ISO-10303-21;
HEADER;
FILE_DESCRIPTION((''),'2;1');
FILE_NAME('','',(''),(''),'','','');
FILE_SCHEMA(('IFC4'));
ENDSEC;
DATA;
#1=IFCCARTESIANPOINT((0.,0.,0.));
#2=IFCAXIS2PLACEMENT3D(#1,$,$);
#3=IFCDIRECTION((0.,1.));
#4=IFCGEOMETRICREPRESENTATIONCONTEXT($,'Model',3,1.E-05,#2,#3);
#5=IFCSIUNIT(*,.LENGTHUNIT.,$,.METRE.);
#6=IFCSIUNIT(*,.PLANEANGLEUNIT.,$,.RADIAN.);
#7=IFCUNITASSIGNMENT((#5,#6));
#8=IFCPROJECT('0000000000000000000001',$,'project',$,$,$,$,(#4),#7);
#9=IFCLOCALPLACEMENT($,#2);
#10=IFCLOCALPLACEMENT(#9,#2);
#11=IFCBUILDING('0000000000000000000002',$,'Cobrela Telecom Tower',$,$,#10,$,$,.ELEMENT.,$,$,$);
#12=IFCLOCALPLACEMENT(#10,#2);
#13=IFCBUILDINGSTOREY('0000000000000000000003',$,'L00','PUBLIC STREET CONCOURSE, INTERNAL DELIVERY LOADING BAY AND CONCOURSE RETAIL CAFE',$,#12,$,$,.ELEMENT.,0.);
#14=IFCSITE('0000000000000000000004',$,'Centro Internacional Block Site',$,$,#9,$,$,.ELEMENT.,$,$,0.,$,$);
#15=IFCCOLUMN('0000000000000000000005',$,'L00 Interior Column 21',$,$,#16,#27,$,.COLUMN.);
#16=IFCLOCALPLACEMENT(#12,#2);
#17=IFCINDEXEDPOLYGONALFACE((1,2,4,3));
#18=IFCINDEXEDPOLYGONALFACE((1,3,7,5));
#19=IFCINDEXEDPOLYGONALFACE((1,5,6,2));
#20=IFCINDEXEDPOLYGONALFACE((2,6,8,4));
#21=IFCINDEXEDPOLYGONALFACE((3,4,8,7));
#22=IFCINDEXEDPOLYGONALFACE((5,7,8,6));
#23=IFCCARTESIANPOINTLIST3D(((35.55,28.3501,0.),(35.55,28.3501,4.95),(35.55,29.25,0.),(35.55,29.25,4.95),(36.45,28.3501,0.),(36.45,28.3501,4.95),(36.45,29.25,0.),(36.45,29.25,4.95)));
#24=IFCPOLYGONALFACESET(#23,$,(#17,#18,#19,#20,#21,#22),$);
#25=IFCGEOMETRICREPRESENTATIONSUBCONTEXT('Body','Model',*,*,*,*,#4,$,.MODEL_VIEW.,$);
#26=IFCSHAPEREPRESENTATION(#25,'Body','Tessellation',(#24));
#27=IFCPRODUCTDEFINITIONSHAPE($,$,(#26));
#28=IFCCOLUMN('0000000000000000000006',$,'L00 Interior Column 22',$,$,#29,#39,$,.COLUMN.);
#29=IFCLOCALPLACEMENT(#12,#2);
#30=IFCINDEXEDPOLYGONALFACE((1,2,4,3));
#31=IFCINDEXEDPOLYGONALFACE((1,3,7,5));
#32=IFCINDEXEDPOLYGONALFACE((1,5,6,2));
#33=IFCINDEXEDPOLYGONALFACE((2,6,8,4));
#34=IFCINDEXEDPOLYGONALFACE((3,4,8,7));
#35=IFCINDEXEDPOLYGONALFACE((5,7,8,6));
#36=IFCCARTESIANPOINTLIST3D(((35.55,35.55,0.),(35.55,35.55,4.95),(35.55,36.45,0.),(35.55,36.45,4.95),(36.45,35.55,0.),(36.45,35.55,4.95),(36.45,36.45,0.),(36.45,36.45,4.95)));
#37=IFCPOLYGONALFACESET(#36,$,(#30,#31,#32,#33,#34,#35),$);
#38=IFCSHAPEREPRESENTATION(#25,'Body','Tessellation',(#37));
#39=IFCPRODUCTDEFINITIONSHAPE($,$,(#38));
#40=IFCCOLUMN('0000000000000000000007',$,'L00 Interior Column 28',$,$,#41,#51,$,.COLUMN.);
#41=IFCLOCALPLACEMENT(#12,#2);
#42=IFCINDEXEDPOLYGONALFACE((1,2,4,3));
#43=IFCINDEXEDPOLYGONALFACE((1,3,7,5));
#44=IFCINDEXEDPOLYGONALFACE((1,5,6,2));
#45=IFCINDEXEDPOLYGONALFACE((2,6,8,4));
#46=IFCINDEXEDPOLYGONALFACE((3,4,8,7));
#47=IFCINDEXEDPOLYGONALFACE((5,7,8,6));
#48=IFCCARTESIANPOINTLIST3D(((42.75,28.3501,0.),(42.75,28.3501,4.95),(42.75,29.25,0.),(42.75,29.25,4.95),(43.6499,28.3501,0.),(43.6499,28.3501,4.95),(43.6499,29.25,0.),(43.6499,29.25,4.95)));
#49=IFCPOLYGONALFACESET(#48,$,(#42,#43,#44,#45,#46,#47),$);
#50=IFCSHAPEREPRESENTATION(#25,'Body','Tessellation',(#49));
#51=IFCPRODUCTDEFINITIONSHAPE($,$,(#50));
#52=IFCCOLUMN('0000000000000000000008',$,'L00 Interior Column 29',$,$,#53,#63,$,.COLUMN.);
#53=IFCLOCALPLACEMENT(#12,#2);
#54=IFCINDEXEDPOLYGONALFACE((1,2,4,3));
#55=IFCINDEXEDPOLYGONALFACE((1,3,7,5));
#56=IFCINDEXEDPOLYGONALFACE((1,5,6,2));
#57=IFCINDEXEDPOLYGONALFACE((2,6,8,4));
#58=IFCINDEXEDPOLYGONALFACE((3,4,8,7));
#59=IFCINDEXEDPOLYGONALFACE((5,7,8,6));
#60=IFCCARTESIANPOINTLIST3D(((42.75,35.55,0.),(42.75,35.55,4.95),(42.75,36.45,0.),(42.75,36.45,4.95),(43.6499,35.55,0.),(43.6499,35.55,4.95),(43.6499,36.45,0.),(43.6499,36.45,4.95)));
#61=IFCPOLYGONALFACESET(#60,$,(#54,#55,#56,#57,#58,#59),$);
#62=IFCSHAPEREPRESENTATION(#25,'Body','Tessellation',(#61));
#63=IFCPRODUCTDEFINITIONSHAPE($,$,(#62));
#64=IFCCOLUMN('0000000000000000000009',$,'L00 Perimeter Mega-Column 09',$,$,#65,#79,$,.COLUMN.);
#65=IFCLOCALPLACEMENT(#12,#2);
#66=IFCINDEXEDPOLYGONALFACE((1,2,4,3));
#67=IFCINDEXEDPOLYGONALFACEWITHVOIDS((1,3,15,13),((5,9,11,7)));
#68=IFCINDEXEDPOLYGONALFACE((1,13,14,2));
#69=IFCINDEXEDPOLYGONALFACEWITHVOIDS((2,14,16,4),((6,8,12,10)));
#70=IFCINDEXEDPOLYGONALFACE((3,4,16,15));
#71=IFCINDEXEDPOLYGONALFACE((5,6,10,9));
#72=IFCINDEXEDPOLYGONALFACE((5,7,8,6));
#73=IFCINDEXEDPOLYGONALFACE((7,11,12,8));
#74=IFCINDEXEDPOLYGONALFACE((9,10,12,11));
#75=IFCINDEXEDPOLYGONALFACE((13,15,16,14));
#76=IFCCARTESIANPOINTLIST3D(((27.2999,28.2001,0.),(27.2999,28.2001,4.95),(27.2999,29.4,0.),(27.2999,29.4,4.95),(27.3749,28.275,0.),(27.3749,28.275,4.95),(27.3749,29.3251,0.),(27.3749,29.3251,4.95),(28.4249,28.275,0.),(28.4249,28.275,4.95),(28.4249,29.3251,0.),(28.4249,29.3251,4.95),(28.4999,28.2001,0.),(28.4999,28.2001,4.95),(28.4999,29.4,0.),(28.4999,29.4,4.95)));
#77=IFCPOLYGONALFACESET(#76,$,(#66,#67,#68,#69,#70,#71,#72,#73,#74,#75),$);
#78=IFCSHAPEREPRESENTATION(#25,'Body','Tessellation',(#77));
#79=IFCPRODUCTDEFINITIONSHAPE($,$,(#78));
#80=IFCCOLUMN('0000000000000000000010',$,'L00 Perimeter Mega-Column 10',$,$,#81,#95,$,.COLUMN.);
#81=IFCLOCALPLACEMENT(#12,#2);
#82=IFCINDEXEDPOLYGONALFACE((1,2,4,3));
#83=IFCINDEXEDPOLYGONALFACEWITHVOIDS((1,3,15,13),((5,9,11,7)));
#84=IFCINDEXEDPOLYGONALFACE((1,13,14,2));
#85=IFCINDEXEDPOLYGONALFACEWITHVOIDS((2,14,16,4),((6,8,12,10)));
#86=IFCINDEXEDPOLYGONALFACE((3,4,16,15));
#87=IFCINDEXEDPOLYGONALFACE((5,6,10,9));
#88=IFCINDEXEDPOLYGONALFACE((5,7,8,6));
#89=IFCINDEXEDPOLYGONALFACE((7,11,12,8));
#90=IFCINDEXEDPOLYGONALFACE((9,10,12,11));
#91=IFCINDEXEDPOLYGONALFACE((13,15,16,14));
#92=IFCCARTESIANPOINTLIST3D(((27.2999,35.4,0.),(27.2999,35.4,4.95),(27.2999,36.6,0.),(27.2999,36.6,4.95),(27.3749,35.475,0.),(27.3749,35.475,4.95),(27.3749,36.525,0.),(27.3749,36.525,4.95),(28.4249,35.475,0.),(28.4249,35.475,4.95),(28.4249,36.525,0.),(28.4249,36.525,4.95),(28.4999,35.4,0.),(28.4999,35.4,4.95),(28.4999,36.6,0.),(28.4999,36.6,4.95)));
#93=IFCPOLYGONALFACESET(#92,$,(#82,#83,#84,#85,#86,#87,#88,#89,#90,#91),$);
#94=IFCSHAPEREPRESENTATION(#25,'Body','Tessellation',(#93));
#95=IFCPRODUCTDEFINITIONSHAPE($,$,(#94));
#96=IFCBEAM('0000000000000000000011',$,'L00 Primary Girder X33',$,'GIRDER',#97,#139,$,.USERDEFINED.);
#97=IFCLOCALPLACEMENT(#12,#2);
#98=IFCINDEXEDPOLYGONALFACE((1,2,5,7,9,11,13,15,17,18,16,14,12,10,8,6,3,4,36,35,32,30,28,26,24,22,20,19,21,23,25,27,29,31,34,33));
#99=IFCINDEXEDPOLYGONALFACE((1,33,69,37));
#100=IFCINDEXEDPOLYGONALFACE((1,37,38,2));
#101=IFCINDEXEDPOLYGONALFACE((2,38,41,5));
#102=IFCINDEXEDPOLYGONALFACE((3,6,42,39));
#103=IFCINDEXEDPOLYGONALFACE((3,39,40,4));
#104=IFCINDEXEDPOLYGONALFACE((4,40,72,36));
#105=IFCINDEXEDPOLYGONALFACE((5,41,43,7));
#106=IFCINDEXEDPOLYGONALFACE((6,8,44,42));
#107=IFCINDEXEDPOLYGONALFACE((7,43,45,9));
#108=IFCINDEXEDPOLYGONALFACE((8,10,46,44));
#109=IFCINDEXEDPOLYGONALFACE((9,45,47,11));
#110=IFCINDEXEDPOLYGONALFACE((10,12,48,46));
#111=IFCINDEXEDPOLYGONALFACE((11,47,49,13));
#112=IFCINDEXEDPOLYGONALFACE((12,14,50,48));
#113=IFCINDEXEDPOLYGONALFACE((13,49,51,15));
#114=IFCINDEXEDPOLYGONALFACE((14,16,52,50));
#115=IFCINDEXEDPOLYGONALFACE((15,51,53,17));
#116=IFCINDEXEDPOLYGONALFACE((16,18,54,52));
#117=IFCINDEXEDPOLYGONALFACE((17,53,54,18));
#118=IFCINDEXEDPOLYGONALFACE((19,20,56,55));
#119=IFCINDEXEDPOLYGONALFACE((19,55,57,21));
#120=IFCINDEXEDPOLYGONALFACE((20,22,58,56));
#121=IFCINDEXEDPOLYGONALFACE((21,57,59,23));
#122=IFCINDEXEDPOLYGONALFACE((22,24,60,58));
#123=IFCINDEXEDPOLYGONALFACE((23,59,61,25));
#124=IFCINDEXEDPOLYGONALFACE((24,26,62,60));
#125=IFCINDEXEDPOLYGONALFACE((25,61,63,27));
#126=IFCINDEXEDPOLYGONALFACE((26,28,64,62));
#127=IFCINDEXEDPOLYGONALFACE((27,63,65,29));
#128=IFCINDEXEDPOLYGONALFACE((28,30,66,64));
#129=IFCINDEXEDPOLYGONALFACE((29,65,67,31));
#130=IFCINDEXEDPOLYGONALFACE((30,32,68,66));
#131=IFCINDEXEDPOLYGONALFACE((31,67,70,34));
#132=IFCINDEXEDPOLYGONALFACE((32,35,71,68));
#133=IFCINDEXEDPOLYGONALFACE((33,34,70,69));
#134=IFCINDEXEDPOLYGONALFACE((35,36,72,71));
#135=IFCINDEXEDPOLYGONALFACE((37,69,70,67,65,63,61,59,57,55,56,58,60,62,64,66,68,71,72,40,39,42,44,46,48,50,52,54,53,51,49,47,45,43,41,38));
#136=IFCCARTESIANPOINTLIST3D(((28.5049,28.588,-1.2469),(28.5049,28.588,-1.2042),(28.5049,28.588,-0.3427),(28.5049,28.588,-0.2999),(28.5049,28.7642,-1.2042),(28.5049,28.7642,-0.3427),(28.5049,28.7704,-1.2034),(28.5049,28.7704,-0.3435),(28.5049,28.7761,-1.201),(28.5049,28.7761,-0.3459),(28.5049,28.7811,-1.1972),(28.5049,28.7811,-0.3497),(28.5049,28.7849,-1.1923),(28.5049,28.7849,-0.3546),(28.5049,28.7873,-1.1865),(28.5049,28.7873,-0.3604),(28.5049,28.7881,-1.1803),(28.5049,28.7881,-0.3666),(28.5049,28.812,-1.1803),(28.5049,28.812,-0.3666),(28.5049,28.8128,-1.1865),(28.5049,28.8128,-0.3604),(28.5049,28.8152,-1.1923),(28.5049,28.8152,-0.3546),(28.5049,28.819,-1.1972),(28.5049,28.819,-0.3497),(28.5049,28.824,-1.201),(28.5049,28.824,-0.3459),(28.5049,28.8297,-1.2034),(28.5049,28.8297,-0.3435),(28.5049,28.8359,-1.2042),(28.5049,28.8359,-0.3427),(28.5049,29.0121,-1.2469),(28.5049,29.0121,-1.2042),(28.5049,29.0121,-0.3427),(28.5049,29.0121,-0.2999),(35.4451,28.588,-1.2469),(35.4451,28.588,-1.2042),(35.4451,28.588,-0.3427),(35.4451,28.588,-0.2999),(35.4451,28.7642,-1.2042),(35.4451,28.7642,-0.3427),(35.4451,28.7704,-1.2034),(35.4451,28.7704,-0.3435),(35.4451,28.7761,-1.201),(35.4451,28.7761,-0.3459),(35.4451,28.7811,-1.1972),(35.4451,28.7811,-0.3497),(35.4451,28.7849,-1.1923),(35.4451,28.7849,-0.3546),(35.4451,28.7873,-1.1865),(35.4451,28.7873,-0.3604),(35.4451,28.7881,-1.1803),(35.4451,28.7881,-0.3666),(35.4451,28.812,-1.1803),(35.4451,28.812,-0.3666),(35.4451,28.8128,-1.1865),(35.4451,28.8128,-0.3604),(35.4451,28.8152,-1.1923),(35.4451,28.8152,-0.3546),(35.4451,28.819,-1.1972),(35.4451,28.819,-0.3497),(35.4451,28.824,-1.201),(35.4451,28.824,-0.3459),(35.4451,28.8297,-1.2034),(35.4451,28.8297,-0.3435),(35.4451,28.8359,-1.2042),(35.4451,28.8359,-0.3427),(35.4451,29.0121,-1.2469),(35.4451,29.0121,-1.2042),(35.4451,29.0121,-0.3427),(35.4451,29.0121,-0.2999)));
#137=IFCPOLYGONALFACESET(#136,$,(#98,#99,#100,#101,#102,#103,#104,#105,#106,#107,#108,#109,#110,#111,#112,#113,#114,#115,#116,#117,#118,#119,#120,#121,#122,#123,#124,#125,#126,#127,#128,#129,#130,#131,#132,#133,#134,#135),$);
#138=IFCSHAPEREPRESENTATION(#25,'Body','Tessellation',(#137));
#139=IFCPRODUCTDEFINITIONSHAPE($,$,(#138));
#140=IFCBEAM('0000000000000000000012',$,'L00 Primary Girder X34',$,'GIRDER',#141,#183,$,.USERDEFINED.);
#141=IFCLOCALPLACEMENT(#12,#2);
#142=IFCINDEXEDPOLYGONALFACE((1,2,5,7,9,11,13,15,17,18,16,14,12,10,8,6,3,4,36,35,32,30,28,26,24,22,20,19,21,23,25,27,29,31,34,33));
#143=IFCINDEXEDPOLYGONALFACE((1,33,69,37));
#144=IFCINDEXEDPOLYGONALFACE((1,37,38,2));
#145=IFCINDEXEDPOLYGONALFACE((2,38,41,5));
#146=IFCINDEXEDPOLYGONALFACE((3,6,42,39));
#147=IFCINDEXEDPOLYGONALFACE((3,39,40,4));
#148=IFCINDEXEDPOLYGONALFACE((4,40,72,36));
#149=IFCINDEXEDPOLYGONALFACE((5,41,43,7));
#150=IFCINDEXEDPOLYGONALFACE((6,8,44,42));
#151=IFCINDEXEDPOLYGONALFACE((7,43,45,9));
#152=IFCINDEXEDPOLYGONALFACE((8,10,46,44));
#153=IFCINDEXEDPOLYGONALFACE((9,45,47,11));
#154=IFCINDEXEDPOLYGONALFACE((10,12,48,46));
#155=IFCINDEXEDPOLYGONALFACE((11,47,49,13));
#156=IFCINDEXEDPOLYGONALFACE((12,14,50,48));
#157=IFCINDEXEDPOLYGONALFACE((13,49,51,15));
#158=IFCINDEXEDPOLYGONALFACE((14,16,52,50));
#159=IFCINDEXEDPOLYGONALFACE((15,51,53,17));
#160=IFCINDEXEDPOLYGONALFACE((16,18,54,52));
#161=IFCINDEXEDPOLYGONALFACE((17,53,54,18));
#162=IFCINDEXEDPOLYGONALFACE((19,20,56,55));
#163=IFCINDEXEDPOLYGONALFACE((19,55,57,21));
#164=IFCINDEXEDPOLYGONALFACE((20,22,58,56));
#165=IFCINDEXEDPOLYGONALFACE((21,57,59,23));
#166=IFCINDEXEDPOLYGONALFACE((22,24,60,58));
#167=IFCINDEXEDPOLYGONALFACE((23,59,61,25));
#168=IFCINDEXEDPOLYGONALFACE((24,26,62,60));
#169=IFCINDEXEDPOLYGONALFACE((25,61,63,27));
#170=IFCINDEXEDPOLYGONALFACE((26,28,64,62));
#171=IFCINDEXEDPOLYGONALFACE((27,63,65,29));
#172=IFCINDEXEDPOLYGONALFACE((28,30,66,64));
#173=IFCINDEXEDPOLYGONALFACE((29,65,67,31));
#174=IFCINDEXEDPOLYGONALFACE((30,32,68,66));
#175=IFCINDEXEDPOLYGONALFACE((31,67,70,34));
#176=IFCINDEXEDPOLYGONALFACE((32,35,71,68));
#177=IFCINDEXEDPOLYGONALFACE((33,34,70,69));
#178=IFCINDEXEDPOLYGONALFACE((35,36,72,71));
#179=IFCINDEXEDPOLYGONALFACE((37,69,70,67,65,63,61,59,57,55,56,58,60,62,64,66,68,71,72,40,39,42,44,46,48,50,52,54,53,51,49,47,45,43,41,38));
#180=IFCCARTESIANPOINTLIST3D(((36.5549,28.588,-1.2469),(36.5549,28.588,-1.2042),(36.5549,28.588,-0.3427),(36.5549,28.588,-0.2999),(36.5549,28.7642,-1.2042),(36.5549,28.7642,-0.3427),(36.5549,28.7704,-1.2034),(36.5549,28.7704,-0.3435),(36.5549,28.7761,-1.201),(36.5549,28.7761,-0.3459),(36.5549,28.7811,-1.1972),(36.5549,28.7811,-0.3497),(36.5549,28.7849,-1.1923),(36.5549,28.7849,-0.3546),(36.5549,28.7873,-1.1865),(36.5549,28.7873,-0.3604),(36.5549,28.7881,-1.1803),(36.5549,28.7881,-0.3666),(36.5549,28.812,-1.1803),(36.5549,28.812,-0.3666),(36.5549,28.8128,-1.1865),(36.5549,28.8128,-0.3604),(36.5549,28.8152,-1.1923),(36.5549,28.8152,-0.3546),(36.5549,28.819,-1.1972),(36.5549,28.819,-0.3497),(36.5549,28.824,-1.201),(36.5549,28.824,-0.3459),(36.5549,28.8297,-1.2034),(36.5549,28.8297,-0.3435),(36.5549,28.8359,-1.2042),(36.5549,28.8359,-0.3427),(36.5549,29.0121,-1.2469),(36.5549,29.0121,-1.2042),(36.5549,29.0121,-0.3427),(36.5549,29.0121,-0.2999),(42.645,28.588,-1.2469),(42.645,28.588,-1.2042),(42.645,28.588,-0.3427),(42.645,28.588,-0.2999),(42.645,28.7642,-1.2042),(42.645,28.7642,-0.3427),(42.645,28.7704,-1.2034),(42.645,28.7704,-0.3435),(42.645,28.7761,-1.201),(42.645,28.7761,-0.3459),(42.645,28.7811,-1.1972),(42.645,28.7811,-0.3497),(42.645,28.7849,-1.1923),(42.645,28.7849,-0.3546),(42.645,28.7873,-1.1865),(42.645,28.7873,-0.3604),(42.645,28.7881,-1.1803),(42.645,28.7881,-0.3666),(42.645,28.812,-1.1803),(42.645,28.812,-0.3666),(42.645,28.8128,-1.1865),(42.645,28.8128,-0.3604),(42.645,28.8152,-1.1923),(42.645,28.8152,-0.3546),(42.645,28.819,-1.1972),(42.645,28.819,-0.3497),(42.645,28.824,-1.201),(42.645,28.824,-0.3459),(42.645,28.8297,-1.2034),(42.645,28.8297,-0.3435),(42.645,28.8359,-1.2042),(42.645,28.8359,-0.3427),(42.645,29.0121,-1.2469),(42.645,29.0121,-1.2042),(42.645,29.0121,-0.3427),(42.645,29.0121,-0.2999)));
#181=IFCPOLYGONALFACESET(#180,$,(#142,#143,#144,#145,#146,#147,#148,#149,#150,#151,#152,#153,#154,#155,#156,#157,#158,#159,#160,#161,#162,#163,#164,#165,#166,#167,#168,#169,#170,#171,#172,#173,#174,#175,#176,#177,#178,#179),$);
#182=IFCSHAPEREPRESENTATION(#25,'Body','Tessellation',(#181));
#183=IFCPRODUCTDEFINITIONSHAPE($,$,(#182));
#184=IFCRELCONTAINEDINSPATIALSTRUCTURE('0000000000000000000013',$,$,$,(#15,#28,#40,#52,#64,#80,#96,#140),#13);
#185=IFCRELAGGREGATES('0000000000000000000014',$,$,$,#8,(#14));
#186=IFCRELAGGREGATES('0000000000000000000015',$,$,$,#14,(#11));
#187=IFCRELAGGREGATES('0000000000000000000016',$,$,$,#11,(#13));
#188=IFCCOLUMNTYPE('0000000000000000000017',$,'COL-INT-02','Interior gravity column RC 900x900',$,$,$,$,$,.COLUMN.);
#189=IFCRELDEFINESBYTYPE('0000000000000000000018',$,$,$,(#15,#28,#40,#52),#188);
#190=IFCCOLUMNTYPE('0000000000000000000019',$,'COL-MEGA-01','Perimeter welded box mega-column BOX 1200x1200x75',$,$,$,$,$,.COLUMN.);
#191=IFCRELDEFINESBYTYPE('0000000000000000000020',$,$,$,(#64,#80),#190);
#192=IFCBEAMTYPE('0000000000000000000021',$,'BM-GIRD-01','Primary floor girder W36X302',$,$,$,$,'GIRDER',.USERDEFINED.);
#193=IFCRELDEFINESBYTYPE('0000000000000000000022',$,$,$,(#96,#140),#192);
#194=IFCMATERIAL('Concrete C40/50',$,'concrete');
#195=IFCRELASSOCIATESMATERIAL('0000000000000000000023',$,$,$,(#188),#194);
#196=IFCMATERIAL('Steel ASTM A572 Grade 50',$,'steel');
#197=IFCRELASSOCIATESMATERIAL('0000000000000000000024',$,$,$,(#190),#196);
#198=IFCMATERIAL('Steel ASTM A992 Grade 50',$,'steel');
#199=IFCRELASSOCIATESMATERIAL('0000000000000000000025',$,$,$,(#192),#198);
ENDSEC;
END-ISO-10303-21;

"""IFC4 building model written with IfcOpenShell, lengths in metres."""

from ifc_helpers import new_model, si_unit, direction, frame, origin, origin_2d, place, context, subcontext, project, spatial, rectangle, hollow_rectangle, i_section, extrude, material, material_profile, profile_set, type_object, element, save


model = new_model("IFC4")

# Units and contexts
model_context = context("Model", 3, precision=1e-05, world=origin(), true_north=direction((0.0, 1.0)))
body_context = subcontext(model_context, "Body", "Model", "MODEL_VIEW")
ifc_project = project(units=[si_unit("LENGTHUNIT", "METRE"), si_unit("PLANEANGLEUNIT", "RADIAN")], contexts=[model_context])

# Site, building, storey
site_placement = place(None, origin())
site = spatial("IfcSite", under=ifc_project, at=site_placement, Name="Centro Internacional Block Site", CompositionType="ELEMENT", RefElevation=0.0)
building_placement = place(site_placement, origin())
building = spatial("IfcBuilding", under=site, at=building_placement, Name="Cobrela Telecom Tower", CompositionType="ELEMENT")
storey_placement = place(building_placement, origin())
storey = spatial("IfcBuildingStorey", under=building, at=storey_placement, Name="L00", Description="PUBLIC STREET CONCOURSE, INTERNAL DELIVERY LOADING BAY AND CONCOURSE RETAIL CAFE", CompositionType="ELEMENT", Elevation=0.0)

# Columns
ifc_material_1 = material(Name="Concrete C40/50", Category="concrete")
ifc_material_profile_1 = material_profile(ifc_material_1, rectangle(XDim=0.8999, YDim=0.8999, at=origin_2d()), Name="RC 900x900")
ifc_profile_set_1 = profile_set([ifc_material_profile_1], Name="Concrete C40/50")
column_type_1 = type_object("IfcColumnType", Name="COL-INT-02", Description="Interior gravity column RC 900x900", PredefinedType="COLUMN", material=ifc_profile_set_1)
for number, where, z_axis, x_axis, name in (
    (1, (36.0, 28.8, 0.0), (0.0, 0.0, 1.0), (1.0, 0.0, 0.0), "L00 Interior Column 21"),
    (2, (36.0, 36.0, 0.0), (0.0, 0.0, 1.0), (1.0, 0.0, 0.0), "L00 Interior Column 22"),
    (3, (43.2, 28.8, 0.0), (0.0, 0.0, 1.0), (1.0, 0.0, 0.0), "L00 Interior Column 28"),
    (4, (43.2, 36.0, 0.0), (0.0, 0.0, 1.0), (1.0, 0.0, 0.0), "L00 Interior Column 29"),
):
    element("IfcColumn", number, at=place(storey_placement, frame(where, z_axis=z_axis, x_axis=x_axis)), inside=storey, type_object=column_type_1, Name=name, PredefinedType="COLUMN", context=body_context, shape_type="SweptSolid", body=[
        extrude(rectangle(XDim=0.8999, YDim=0.8999, at=origin_2d()), origin(), (0.0, 0.0, 1.0), 4.95),
    ])
ifc_material_2 = material(Name="Steel ASTM A572 Grade 50", Category="steel")
ifc_material_profile_2 = material_profile(ifc_material_2, hollow_rectangle(XDim=1.2, YDim=1.2, WallThickness=0.075, at=origin_2d()), Name="BOX 1200x1200x75")
ifc_profile_set_2 = profile_set([ifc_material_profile_2], Name="Steel ASTM A572 Grade 50")
column_type_2 = type_object("IfcColumnType", Name="COL-MEGA-01", Description="Perimeter welded box mega-column BOX 1200x1200x75", PredefinedType="COLUMN", material=ifc_profile_set_2)
for number, where, z_axis, x_axis, name in (
    (5, (27.8999, 28.8, 0.0), (0.0, 0.0, 1.0), (1.0, 0.0, 0.0), "L00 Perimeter Mega-Column 09"),
    (6, (27.8999, 36.0, 0.0), (0.0, 0.0, 1.0), (1.0, 0.0, 0.0), "L00 Perimeter Mega-Column 10"),
):
    element("IfcColumn", number, at=place(storey_placement, frame(where, z_axis=z_axis, x_axis=x_axis)), inside=storey, type_object=column_type_2, Name=name, PredefinedType="COLUMN", context=body_context, shape_type="SweptSolid", body=[
        extrude(hollow_rectangle(XDim=1.2, YDim=1.2, WallThickness=0.075, at=origin_2d()), origin(), (0.0, 0.0, 1.0), 4.95),
    ])

# Beams
ifc_material_3 = material(Name="Steel ASTM A992 Grade 50", Category="steel")
ifc_material_profile_3 = material_profile(ifc_material_3, i_section(OverallWidth=0.4241, OverallDepth=0.947, WebThickness=0.0239, FlangeThickness=0.0427, FilletRadius=0.0239, at=origin_2d()), Name="W36X302")
ifc_profile_set_3 = profile_set([ifc_material_profile_3], Name="Steel ASTM A992 Grade 50")
beam_type_1 = type_object("IfcBeamType", Name="BM-GIRD-01", Description="Primary floor girder W36X302", ElementType="GIRDER", PredefinedType="USERDEFINED", material=ifc_profile_set_3)
beam_1_placement = place(storey_placement, frame((28.5049, 28.8, -0.7734), z_axis=(1.0, 0.0, 0.0), x_axis=(0.0, 1.0, 0.0)))
element("IfcBeam", 7, at=beam_1_placement, inside=storey, type_object=beam_type_1, Name="L00 Primary Girder X33", ObjectType="GIRDER", PredefinedType="USERDEFINED", context=body_context, shape_type="SweptSolid", body=[
    extrude(i_section(OverallWidth=0.4241, OverallDepth=0.947, WebThickness=0.0239, FlangeThickness=0.0427, FilletRadius=0.0239, at=origin_2d()), origin(), (0.0, 0.0, 1.0), 6.9402),
])
beam_2_placement = place(storey_placement, frame((36.5549, 28.8, -0.7734), z_axis=(1.0, 0.0, 0.0), x_axis=(0.0, 1.0, 0.0)))
element("IfcBeam", 8, at=beam_2_placement, inside=storey, type_object=beam_type_1, Name="L00 Primary Girder X34", ObjectType="GIRDER", PredefinedType="USERDEFINED", context=body_context, shape_type="SweptSolid", body=[
    extrude(i_section(OverallWidth=0.4241, OverallDepth=0.947, WebThickness=0.0239, FlangeThickness=0.0427, FilletRadius=0.0239, at=origin_2d()), origin(), (0.0, 0.0, 1.0), 6.0901),
])

save(model, "model.ifc")
